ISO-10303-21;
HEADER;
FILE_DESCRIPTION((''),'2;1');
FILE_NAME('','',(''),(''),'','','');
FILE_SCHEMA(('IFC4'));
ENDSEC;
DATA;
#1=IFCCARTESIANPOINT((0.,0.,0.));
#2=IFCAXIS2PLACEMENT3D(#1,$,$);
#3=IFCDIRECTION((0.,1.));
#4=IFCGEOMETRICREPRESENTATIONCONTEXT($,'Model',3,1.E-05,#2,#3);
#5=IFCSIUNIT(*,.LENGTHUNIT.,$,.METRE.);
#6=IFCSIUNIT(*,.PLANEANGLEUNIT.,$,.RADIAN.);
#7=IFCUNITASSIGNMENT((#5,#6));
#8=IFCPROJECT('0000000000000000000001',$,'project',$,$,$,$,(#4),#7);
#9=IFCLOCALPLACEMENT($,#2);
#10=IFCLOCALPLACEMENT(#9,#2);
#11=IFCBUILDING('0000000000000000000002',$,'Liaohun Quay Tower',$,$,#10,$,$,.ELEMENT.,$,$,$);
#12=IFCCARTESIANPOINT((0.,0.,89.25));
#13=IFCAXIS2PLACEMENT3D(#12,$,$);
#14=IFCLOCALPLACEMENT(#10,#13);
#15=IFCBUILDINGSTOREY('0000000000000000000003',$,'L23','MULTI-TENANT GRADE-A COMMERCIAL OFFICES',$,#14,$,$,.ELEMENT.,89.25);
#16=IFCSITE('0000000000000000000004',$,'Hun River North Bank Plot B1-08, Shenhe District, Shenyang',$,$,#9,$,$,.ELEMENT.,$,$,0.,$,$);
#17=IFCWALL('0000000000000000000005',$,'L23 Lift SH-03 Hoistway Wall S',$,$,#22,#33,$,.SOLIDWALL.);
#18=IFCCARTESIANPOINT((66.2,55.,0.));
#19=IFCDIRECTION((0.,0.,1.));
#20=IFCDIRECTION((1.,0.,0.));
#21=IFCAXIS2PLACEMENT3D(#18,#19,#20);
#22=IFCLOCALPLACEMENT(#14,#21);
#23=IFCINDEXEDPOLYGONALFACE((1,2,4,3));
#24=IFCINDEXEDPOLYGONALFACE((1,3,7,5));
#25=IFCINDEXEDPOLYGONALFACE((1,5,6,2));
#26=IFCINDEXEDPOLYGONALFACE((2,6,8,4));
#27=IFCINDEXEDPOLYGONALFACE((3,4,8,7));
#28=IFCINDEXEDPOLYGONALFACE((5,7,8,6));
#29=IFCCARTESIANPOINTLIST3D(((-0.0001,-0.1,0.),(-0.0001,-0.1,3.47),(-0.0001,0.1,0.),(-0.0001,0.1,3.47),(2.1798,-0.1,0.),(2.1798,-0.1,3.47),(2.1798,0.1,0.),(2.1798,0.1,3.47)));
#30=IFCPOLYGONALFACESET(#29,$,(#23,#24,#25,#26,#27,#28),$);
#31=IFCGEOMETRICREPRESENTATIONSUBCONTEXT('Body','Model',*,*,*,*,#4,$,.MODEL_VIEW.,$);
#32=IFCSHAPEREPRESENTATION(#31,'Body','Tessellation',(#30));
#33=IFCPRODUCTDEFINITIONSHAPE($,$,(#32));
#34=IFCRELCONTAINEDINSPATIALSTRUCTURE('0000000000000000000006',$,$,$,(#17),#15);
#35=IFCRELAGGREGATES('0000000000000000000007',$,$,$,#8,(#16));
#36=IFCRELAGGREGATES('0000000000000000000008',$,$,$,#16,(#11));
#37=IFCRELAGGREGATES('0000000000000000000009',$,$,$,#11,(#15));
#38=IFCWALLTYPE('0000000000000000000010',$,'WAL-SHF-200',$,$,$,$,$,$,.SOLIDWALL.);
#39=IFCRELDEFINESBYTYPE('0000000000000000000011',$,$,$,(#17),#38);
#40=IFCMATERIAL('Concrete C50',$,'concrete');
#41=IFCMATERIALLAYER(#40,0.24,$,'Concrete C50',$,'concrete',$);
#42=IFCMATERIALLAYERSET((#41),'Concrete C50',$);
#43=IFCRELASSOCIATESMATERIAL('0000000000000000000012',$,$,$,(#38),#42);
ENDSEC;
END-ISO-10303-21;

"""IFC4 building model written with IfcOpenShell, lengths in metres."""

from ifc_helpers import new_model, si_unit, direction, frame, frame_2d, origin, place, context, subcontext, project, spatial, rectangle, extrude, material, layer, layer_set, type_object, element, save


model = new_model("IFC4")

# Units and contexts
model_context = context("Model", 3, precision=1e-05, world=origin(), true_north=direction((0.0, 1.0)))
body_context = subcontext(model_context, "Body", "Model", "MODEL_VIEW")
ifc_project = project(units=[si_unit("LENGTHUNIT", "METRE"), si_unit("PLANEANGLEUNIT", "RADIAN")], contexts=[model_context])

# Site, building, storey
site_placement = place(None, origin())
site = spatial("IfcSite", under=ifc_project, at=site_placement, Name="Hun River North Bank Plot B1-08, Shenhe District, Shenyang", CompositionType="ELEMENT", RefElevation=0.0)
building_placement = place(site_placement, origin())
building = spatial("IfcBuilding", under=site, at=building_placement, Name="Liaohun Quay Tower", CompositionType="ELEMENT")
storey_placement = place(building_placement, frame((0.0, 0.0, 89.25)))
storey = spatial("IfcBuildingStorey", under=building, at=storey_placement, Name="L23", Description="MULTI-TENANT GRADE-A COMMERCIAL OFFICES", CompositionType="ELEMENT", Elevation=89.25)

# Shared definitions
ifc_material_1 = material(Name="Concrete C50", Category="concrete")
ifc_layer_1 = layer(ifc_material_1, 0.24, Name="Concrete C50", Category="concrete")
ifc_layer_set_1 = layer_set([ifc_layer_1], Name="Concrete C50")
wall_type_1 = type_object("IfcWallType", Name="WAL-SHF-200", PredefinedType="SOLIDWALL", material=ifc_layer_set_1)

# Wall
wall_1_placement = place(storey_placement, frame((66.2, 55.0, 0.0), z_axis=(0.0, 0.0, 1.0), x_axis=(1.0, 0.0, 0.0)))
element("IfcWall", 1, at=wall_1_placement, inside=storey, type_object=wall_type_1, Name="L23 Lift SH-03 Hoistway Wall S", PredefinedType="SOLIDWALL", context=body_context, shape_type="SweptSolid", body=[
    extrude(rectangle(XDim=2.1799, YDim=0.2, at=frame_2d((1.0898, 0.0))), origin(), (0.0, 0.0, 1.0), 3.47),
])

save(model, "model.ifc")
